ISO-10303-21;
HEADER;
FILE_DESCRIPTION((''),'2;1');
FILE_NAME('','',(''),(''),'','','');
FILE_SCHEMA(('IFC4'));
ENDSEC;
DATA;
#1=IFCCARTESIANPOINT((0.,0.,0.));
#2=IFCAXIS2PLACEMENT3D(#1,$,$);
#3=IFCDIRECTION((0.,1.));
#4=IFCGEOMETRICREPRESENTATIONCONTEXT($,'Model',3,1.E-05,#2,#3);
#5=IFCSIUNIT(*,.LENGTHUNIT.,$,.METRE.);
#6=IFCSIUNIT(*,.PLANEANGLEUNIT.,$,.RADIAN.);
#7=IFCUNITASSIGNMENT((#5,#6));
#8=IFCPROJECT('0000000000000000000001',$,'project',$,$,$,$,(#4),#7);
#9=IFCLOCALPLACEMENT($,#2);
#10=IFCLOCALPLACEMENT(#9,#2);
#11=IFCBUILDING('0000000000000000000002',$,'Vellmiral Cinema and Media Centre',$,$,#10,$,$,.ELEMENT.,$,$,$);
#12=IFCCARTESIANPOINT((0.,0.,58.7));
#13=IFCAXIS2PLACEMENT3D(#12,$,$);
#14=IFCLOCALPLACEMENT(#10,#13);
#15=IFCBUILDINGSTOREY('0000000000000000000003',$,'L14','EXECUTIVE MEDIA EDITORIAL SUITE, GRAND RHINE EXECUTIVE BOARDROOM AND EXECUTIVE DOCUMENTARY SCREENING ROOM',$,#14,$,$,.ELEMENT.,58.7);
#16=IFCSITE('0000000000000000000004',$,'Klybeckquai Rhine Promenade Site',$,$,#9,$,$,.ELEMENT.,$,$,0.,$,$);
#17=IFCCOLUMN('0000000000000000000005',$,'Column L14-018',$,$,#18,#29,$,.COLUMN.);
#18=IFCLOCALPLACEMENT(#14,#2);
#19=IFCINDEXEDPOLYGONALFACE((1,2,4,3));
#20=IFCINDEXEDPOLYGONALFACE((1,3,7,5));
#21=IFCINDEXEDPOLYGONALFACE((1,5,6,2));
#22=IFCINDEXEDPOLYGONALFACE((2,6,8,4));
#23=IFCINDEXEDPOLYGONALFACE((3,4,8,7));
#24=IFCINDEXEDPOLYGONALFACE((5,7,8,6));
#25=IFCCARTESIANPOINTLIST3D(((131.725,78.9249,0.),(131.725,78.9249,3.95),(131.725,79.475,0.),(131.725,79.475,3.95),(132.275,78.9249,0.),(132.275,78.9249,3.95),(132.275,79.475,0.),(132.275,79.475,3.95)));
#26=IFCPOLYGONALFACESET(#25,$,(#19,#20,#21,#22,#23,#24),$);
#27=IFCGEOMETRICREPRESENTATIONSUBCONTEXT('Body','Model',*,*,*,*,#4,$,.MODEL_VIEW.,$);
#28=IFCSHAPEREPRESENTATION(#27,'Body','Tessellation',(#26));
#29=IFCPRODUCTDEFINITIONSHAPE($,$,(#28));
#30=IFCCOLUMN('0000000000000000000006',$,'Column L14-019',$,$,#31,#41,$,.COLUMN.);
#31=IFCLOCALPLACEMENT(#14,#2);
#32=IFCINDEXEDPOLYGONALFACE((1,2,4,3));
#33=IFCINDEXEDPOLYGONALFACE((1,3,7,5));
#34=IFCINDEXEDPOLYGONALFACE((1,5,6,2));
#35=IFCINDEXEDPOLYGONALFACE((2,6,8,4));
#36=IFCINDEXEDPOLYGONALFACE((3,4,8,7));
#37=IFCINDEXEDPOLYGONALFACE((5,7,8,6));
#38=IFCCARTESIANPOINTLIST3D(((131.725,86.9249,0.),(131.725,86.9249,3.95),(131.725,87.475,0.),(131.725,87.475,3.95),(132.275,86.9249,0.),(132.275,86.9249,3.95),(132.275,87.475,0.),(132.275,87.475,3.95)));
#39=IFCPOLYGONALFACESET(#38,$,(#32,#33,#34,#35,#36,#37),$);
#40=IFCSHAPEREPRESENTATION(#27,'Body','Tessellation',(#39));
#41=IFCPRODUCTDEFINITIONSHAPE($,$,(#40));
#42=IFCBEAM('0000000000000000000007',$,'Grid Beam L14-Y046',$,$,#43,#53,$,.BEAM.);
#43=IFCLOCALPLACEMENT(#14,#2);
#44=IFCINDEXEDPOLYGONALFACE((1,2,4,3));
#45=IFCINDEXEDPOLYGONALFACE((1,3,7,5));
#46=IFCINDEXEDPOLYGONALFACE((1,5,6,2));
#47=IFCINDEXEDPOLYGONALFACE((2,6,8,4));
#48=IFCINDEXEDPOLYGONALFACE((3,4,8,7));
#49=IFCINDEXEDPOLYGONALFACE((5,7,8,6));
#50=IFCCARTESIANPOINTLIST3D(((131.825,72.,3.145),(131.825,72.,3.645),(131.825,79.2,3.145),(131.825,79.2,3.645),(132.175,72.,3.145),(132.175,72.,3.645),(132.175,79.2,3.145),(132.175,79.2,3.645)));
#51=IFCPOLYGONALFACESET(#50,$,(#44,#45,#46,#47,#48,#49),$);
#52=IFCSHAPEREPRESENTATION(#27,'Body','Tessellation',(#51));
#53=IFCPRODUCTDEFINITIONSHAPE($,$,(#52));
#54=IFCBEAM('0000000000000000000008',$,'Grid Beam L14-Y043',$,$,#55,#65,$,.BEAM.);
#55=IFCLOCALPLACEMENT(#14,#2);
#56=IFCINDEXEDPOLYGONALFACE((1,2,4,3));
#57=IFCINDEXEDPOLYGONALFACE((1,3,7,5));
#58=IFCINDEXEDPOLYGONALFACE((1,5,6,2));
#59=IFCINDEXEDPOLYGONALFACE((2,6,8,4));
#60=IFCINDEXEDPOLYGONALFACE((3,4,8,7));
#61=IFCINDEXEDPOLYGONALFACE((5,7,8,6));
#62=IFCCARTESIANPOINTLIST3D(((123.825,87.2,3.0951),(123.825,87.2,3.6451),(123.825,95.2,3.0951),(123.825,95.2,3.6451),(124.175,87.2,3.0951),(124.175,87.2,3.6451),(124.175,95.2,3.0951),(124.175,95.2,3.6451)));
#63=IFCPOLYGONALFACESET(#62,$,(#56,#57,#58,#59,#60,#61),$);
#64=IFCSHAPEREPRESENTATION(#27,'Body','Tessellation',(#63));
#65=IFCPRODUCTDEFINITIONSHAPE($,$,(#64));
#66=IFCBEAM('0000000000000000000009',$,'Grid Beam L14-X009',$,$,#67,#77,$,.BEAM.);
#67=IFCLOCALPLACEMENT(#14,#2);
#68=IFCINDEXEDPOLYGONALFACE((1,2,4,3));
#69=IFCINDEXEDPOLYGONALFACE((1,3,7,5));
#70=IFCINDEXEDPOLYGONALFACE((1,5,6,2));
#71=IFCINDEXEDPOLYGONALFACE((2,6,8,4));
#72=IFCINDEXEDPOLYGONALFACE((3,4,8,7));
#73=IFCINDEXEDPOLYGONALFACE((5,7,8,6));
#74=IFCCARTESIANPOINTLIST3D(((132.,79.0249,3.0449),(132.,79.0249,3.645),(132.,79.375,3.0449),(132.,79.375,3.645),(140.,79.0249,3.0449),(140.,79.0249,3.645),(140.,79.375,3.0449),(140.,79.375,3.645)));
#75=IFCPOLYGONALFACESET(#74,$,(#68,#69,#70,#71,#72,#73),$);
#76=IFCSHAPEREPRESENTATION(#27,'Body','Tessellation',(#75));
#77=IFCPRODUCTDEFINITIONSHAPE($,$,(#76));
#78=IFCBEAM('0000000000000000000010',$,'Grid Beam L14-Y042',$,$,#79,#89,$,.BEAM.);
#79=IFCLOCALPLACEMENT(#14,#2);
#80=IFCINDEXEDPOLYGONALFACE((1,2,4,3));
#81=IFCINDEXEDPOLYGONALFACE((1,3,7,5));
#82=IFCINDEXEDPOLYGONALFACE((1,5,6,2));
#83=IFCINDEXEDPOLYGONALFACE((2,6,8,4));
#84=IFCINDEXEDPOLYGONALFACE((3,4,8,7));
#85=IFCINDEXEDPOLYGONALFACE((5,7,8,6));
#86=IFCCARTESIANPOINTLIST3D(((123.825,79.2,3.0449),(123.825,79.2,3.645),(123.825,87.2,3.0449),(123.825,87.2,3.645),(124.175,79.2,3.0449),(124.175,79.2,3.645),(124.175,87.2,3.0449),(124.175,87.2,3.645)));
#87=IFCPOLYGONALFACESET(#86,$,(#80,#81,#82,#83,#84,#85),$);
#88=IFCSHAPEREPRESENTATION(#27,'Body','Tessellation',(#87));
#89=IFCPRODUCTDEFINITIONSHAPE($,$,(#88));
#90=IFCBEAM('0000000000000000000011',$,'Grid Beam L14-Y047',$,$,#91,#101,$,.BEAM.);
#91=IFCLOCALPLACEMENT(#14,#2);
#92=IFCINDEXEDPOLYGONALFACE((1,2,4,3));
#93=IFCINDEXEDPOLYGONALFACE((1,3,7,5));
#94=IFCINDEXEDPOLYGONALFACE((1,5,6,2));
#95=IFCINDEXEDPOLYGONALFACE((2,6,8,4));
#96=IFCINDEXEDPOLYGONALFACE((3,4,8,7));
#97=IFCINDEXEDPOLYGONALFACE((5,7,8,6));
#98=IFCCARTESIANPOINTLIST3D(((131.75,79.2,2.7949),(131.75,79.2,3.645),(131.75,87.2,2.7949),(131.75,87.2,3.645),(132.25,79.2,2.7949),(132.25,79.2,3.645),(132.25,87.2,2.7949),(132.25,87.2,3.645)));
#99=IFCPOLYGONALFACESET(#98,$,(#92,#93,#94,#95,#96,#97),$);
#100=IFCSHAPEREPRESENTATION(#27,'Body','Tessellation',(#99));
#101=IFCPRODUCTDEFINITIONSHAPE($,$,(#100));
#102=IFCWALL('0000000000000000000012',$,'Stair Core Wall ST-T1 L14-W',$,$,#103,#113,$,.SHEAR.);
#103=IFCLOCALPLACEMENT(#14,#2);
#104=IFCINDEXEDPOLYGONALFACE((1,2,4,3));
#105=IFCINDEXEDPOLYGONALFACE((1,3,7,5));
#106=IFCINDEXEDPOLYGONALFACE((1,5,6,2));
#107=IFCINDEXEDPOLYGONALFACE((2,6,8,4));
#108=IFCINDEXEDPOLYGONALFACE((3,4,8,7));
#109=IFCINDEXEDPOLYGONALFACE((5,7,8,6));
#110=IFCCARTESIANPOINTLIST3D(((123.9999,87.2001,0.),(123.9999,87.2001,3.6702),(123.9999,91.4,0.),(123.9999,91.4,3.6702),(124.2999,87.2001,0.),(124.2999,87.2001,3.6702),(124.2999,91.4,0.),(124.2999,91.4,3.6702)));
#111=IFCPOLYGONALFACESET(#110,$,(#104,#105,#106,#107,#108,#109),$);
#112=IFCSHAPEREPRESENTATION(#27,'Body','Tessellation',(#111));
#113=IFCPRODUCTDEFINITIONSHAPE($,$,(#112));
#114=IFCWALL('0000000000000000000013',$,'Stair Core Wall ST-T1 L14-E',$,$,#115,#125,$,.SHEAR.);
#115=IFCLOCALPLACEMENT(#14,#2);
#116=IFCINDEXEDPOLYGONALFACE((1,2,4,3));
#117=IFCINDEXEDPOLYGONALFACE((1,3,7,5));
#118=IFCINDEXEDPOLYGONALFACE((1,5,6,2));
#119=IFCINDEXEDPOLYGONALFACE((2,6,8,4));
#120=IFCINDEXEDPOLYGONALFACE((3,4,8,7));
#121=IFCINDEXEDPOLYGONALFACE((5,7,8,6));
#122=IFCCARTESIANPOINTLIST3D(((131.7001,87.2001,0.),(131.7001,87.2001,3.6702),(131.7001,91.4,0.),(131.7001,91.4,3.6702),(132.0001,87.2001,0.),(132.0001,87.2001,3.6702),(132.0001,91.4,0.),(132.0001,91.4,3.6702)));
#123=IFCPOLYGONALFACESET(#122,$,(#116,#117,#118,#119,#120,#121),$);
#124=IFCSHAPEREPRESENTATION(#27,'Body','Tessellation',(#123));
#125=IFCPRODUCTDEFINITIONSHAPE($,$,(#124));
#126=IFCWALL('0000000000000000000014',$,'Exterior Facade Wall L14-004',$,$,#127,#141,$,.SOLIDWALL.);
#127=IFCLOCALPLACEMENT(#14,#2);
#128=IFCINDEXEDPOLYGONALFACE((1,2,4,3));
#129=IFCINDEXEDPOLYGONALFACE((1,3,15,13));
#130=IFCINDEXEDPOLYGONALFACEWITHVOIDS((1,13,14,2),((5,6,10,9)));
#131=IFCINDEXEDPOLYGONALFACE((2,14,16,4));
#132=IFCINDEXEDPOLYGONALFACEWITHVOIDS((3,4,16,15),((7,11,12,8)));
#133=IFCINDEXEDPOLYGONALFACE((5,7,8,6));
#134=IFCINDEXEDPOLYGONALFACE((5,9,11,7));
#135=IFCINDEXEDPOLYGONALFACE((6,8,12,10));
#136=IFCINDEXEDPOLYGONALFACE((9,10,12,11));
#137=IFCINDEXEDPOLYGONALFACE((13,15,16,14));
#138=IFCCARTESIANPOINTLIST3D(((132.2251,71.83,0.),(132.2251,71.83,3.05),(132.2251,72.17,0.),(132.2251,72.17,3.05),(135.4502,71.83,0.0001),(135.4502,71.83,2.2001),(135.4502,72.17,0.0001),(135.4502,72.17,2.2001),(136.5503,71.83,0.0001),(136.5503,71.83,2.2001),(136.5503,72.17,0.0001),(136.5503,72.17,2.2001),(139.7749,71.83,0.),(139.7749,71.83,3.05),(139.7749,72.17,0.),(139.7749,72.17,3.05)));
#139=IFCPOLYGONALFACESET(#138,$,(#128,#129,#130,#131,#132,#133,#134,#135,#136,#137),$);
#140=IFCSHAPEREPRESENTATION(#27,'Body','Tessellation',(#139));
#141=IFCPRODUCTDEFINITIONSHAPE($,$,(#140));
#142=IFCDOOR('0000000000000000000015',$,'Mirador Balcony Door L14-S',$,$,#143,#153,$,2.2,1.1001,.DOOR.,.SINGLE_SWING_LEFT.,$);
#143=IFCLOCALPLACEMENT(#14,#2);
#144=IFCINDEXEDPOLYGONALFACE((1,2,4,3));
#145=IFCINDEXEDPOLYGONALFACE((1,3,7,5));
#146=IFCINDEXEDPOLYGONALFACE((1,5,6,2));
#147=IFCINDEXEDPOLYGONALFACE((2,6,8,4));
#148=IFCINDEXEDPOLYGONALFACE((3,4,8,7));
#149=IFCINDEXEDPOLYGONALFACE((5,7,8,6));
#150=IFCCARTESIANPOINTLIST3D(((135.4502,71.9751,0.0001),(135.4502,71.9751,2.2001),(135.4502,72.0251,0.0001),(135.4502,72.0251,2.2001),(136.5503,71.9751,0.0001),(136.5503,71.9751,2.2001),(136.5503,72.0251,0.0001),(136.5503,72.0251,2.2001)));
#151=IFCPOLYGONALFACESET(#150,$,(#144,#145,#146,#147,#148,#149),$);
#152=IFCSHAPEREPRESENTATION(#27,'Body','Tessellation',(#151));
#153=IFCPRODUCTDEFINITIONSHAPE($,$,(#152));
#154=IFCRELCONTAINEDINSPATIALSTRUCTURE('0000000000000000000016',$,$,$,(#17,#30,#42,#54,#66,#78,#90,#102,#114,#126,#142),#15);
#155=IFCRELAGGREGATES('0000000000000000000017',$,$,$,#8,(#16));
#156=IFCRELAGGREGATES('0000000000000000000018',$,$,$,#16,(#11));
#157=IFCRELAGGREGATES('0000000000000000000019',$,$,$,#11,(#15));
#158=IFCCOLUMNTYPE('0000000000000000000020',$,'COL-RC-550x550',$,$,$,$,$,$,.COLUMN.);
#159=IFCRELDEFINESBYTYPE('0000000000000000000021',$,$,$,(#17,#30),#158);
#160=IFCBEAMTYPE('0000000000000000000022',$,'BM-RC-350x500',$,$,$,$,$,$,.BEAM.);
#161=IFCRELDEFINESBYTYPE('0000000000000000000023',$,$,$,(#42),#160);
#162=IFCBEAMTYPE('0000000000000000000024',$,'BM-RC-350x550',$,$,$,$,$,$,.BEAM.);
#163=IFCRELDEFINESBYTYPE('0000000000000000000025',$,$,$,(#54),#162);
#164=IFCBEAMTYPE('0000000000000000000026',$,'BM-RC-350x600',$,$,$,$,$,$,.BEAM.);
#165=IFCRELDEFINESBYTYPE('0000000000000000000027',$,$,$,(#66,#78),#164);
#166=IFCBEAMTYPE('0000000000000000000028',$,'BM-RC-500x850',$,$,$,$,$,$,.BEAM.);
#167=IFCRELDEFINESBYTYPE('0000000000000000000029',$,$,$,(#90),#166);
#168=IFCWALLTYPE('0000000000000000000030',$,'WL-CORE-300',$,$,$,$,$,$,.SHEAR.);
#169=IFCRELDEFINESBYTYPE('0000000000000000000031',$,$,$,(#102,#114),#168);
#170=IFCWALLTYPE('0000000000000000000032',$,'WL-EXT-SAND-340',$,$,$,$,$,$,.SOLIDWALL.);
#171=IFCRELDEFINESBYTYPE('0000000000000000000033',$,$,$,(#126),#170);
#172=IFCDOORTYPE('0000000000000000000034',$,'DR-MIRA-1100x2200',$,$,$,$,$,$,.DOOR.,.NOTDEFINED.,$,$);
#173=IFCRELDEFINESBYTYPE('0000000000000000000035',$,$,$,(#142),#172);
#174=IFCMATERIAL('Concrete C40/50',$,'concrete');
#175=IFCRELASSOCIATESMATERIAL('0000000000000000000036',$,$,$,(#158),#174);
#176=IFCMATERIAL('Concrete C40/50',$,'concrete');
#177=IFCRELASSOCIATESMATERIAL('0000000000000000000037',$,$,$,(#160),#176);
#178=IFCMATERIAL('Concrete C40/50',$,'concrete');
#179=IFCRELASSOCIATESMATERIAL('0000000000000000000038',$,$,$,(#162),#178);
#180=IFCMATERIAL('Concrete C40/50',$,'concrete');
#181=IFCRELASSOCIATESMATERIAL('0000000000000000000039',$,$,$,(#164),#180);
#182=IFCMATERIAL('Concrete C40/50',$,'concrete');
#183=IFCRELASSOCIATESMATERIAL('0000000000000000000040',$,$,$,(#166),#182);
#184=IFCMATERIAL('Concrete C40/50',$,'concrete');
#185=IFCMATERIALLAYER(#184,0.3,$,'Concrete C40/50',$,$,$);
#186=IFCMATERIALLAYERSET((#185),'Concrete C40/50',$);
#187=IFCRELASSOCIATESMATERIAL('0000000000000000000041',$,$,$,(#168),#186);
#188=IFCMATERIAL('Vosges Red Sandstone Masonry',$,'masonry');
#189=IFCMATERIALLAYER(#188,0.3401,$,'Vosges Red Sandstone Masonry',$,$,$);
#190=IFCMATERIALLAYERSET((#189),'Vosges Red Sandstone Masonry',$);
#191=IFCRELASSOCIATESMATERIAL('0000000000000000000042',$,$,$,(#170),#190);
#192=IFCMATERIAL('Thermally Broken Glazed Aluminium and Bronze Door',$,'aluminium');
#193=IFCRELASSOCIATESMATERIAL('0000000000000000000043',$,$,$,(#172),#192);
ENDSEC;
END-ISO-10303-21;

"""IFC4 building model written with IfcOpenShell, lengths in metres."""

from ifc_helpers import new_model, si_unit, direction, frame, frame_2d, origin, origin_2d, place, context, subcontext, project, spatial, rectangle, extrude, material, layer, layer_set, material_profile, profile_set, type_object, element, fill, save


model = new_model("IFC4")

# Units and contexts
model_context = context("Model", 3, precision=1e-05, world=origin(), true_north=direction((0.0, 1.0)))
body_context = subcontext(model_context, "Body", "Model", "MODEL_VIEW")
ifc_project = project(units=[si_unit("LENGTHUNIT", "METRE"), si_unit("PLANEANGLEUNIT", "RADIAN")], contexts=[model_context])

# Site, building, storey
site_placement = place(None, origin())
site = spatial("IfcSite", under=ifc_project, at=site_placement, Name="Klybeckquai Rhine Promenade Site", CompositionType="ELEMENT", RefElevation=0.0)
building_placement = place(site_placement, origin())
building = spatial("IfcBuilding", under=site, at=building_placement, Name="Vellmiral Cinema and Media Centre", CompositionType="ELEMENT")
storey_placement = place(building_placement, frame((0.0, 0.0, 58.7)))
storey = spatial("IfcBuildingStorey", under=building, at=storey_placement, Name="L14", Description="EXECUTIVE MEDIA EDITORIAL SUITE, GRAND RHINE EXECUTIVE BOARDROOM AND EXECUTIVE DOCUMENTARY SCREENING ROOM", CompositionType="ELEMENT", Elevation=58.7)

# Columns
ifc_material_1 = material(Name="Concrete C40/50", Category="concrete")
ifc_material_profile_1 = material_profile(ifc_material_1, rectangle(XDim=0.55, YDim=0.55, at=origin_2d()), Name="RC 550x550")
ifc_profile_set_1 = profile_set([ifc_material_profile_1], Name="Concrete C40/50")
column_type = type_object("IfcColumnType", Name="COL-RC-550x550", PredefinedType="COLUMN", material=ifc_profile_set_1)
for number, where, z_axis, x_axis, name in (
    (1, (132.0, 79.2, 0.0), (0.0, 0.0, 1.0), (1.0, 0.0, 0.0), "Column L14-018"),
    (2, (132.0, 87.2, 0.0), (0.0, 0.0, 1.0), (1.0, 0.0, 0.0), "Column L14-019"),
):
    element("IfcColumn", number, at=place(storey_placement, frame(where, z_axis=z_axis, x_axis=x_axis)), inside=storey, type_object=column_type, Name=name, PredefinedType="COLUMN", context=body_context, shape_type="SweptSolid", body=[
        extrude(rectangle(XDim=0.55, YDim=0.55, at=origin_2d()), origin(), (0.0, 0.0, 1.0), 3.95),
    ])

# Beams
ifc_material_2 = material(Name="Concrete C40/50", Category="concrete")
ifc_material_profile_2 = material_profile(ifc_material_2, rectangle(XDim=0.3501, YDim=0.5, at=origin_2d()), Name="RC 350x500")
ifc_profile_set_2 = profile_set([ifc_material_profile_2], Name="Concrete C40/50")
beam_type_1 = type_object("IfcBeamType", Name="BM-RC-350x500", PredefinedType="BEAM", material=ifc_profile_set_2)
beam_1_placement = place(storey_placement, frame((132.0, 72.0, 3.395), z_axis=(0.0, 1.0, 0.0), x_axis=(-1.0, 0.0, 0.0)))
element("IfcBeam", 3, at=beam_1_placement, inside=storey, type_object=beam_type_1, Name="Grid Beam L14-Y046", PredefinedType="BEAM", context=body_context, shape_type="SweptSolid", body=[
    extrude(rectangle(XDim=0.3501, YDim=0.5, at=origin_2d()), origin(), (0.0, 0.0, 1.0), 7.2),
])
ifc_material_3 = material(Name="Concrete C40/50", Category="concrete")
ifc_material_profile_3 = material_profile(ifc_material_3, rectangle(XDim=0.3501, YDim=0.55, at=origin_2d()), Name="RC 350x550")
ifc_profile_set_3 = profile_set([ifc_material_profile_3], Name="Concrete C40/50")
beam_type_2 = type_object("IfcBeamType", Name="BM-RC-350x550", PredefinedType="BEAM", material=ifc_profile_set_3)
beam_2_placement = place(storey_placement, frame((124.0, 87.2, 3.3701), z_axis=(0.0, 1.0, 0.0), x_axis=(-1.0, 0.0, 0.0)))
element("IfcBeam", 4, at=beam_2_placement, inside=storey, type_object=beam_type_2, Name="Grid Beam L14-Y043", PredefinedType="BEAM", context=body_context, shape_type="SweptSolid", body=[
    extrude(rectangle(XDim=0.3501, YDim=0.55, at=origin_2d()), origin(), (0.0, 0.0, 1.0), 8.0),
])
ifc_material_4 = material(Name="Concrete C40/50", Category="concrete")
ifc_material_profile_4 = material_profile(ifc_material_4, rectangle(XDim=0.3501, YDim=0.6001, at=origin_2d()), Name="RC 350x600")
ifc_profile_set_4 = profile_set([ifc_material_profile_4], Name="Concrete C40/50")
beam_type_3 = type_object("IfcBeamType", Name="BM-RC-350x600", PredefinedType="BEAM", material=ifc_profile_set_4)
for number, where, z_axis, x_axis, name in (
    (5, (132.0, 79.2, 3.345), (1.0, 0.0, 0.0), (0.0, 1.0, 0.0), "Grid Beam L14-X009"),
    (6, (124.0, 79.2, 3.345), (0.0, 1.0, 0.0), (-1.0, 0.0, 0.0), "Grid Beam L14-Y042"),
):
    element("IfcBeam", number, at=place(storey_placement, frame(where, z_axis=z_axis, x_axis=x_axis)), inside=storey, type_object=beam_type_3, Name=name, PredefinedType="BEAM", context=body_context, shape_type="SweptSolid", body=[
        extrude(rectangle(XDim=0.3501, YDim=0.6001, at=origin_2d()), origin(), (0.0, 0.0, 1.0), 8.0),
    ])
ifc_material_5 = material(Name="Concrete C40/50", Category="concrete")
ifc_material_profile_5 = material_profile(ifc_material_5, rectangle(XDim=0.5, YDim=0.8501, at=origin_2d()), Name="RC 500x850")
ifc_profile_set_5 = profile_set([ifc_material_profile_5], Name="Concrete C40/50")
beam_type_4 = type_object("IfcBeamType", Name="BM-RC-500x850", PredefinedType="BEAM", material=ifc_profile_set_5)
beam_3_placement = place(storey_placement, frame((132.0, 79.2, 3.22), z_axis=(0.0, 1.0, 0.0), x_axis=(-1.0, 0.0, 0.0)))
element("IfcBeam", 7, at=beam_3_placement, inside=storey, type_object=beam_type_4, Name="Grid Beam L14-Y047", PredefinedType="BEAM", context=body_context, shape_type="SweptSolid", body=[
    extrude(rectangle(XDim=0.5, YDim=0.8501, at=origin_2d()), origin(), (0.0, 0.0, 1.0), 8.0),
])

# Walls
ifc_material_6 = material(Name="Concrete C40/50", Category="concrete")
ifc_layer_1 = layer(ifc_material_6, 0.3, Name="Concrete C40/50")
ifc_layer_set_1 = layer_set([ifc_layer_1], Name="Concrete C40/50")
wall_type_1 = type_object("IfcWallType", Name="WL-CORE-300", PredefinedType="SHEAR", material=ifc_layer_set_1)
for number, where, z_axis, x_axis, name in (
    (8, (124.1499, 87.2, 0.0), (0.0, 0.0, 1.0), (0.0, 1.0, 0.0), "Stair Core Wall ST-T1 L14-W"),
    (9, (131.8501, 87.2, 0.0), (0.0, 0.0, 1.0), (0.0, 1.0, 0.0), "Stair Core Wall ST-T1 L14-E"),
):
    element("IfcWall", number, at=place(storey_placement, frame(where, z_axis=z_axis, x_axis=x_axis)), inside=storey, type_object=wall_type_1, Name=name, PredefinedType="SHEAR", context=body_context, shape_type="SweptSolid", body=[
        extrude(rectangle(XDim=4.2, YDim=0.3, at=frame_2d((2.1001, 0.0))), origin(), (0.0, 0.0, 1.0), 3.6702),
    ])

# Wall, opening, door
ifc_material_7 = material(Name="Vosges Red Sandstone Masonry", Category="masonry")
ifc_layer_2 = layer(ifc_material_7, 0.3401, Name="Vosges Red Sandstone Masonry")
ifc_layer_set_2 = layer_set([ifc_layer_2], Name="Vosges Red Sandstone Masonry")
wall_type_2 = type_object("IfcWallType", Name="WL-EXT-SAND-340", PredefinedType="SOLIDWALL", material=ifc_layer_set_2)
wall_1_placement = place(storey_placement, frame((132.2251, 72.0, 0.0), z_axis=(0.0, 0.0, 1.0), x_axis=(1.0, 0.0, 0.0)))
wall_1 = element("IfcWall", 10, at=wall_1_placement, inside=storey, type_object=wall_type_2, Name="Exterior Facade Wall L14-004", PredefinedType="SOLIDWALL", context=body_context, shape_type="SweptSolid", body=[
    extrude(rectangle(XDim=7.5498, YDim=0.3401, at=frame_2d((3.7749, 0.0))), origin(), (0.0, 0.0, 1.0), 3.05),
])
opening_1_placement = place(wall_1_placement, frame((3.2251, 0.0, 0.0)))
opening_1 = element("IfcOpeningElement", 11, at=opening_1_placement, cuts=wall_1, PredefinedType="OPENING", context=body_context, shape_type="SweptSolid", body=[
    extrude(rectangle(XDim=1.1001, YDim=2.2, at=frame_2d((0.55, 1.1001))), frame((0.0, 0.1821, 0.0), z_axis=(0.0, -1.0, 0.0), x_axis=(1.0, 0.0, 0.0)), (0.0, 0.0, 1.0), 0.364),
])
ifc_material_8 = material(Name="Thermally Broken Glazed Aluminium and Bronze Door", Category="aluminium")
door_type_1 = type_object("IfcDoorType", Name="DR-MIRA-1100x2200", OperationType="NOTDEFINED", PredefinedType="DOOR", material=ifc_material_8)
door_1_placement = place(opening_1_placement, frame((1.1001, 0.0, 0.0), z_axis=(0.0, 0.0, 1.0), x_axis=(-1.0, 0.0, 0.0)))
door_1 = element("IfcDoor", 12, at=door_1_placement, inside=storey, type_object=door_type_1, Name="Mirador Balcony Door L14-S", OperationType="SINGLE_SWING_LEFT", OverallHeight=2.2, OverallWidth=1.1001, PredefinedType="DOOR", context=body_context, shape_type="SweptSolid", body=[
    extrude(rectangle(XDim=1.1001, YDim=2.2, at=frame_2d((0.55, 1.1001))), frame((0.0, 0.0249, 0.0), z_axis=(0.0, -1.0, 0.0), x_axis=(1.0, 0.0, 0.0)), (0.0, 0.0, 1.0), 0.05),
])
fill(opening_1, door_1)

save(model, "model.ifc")
